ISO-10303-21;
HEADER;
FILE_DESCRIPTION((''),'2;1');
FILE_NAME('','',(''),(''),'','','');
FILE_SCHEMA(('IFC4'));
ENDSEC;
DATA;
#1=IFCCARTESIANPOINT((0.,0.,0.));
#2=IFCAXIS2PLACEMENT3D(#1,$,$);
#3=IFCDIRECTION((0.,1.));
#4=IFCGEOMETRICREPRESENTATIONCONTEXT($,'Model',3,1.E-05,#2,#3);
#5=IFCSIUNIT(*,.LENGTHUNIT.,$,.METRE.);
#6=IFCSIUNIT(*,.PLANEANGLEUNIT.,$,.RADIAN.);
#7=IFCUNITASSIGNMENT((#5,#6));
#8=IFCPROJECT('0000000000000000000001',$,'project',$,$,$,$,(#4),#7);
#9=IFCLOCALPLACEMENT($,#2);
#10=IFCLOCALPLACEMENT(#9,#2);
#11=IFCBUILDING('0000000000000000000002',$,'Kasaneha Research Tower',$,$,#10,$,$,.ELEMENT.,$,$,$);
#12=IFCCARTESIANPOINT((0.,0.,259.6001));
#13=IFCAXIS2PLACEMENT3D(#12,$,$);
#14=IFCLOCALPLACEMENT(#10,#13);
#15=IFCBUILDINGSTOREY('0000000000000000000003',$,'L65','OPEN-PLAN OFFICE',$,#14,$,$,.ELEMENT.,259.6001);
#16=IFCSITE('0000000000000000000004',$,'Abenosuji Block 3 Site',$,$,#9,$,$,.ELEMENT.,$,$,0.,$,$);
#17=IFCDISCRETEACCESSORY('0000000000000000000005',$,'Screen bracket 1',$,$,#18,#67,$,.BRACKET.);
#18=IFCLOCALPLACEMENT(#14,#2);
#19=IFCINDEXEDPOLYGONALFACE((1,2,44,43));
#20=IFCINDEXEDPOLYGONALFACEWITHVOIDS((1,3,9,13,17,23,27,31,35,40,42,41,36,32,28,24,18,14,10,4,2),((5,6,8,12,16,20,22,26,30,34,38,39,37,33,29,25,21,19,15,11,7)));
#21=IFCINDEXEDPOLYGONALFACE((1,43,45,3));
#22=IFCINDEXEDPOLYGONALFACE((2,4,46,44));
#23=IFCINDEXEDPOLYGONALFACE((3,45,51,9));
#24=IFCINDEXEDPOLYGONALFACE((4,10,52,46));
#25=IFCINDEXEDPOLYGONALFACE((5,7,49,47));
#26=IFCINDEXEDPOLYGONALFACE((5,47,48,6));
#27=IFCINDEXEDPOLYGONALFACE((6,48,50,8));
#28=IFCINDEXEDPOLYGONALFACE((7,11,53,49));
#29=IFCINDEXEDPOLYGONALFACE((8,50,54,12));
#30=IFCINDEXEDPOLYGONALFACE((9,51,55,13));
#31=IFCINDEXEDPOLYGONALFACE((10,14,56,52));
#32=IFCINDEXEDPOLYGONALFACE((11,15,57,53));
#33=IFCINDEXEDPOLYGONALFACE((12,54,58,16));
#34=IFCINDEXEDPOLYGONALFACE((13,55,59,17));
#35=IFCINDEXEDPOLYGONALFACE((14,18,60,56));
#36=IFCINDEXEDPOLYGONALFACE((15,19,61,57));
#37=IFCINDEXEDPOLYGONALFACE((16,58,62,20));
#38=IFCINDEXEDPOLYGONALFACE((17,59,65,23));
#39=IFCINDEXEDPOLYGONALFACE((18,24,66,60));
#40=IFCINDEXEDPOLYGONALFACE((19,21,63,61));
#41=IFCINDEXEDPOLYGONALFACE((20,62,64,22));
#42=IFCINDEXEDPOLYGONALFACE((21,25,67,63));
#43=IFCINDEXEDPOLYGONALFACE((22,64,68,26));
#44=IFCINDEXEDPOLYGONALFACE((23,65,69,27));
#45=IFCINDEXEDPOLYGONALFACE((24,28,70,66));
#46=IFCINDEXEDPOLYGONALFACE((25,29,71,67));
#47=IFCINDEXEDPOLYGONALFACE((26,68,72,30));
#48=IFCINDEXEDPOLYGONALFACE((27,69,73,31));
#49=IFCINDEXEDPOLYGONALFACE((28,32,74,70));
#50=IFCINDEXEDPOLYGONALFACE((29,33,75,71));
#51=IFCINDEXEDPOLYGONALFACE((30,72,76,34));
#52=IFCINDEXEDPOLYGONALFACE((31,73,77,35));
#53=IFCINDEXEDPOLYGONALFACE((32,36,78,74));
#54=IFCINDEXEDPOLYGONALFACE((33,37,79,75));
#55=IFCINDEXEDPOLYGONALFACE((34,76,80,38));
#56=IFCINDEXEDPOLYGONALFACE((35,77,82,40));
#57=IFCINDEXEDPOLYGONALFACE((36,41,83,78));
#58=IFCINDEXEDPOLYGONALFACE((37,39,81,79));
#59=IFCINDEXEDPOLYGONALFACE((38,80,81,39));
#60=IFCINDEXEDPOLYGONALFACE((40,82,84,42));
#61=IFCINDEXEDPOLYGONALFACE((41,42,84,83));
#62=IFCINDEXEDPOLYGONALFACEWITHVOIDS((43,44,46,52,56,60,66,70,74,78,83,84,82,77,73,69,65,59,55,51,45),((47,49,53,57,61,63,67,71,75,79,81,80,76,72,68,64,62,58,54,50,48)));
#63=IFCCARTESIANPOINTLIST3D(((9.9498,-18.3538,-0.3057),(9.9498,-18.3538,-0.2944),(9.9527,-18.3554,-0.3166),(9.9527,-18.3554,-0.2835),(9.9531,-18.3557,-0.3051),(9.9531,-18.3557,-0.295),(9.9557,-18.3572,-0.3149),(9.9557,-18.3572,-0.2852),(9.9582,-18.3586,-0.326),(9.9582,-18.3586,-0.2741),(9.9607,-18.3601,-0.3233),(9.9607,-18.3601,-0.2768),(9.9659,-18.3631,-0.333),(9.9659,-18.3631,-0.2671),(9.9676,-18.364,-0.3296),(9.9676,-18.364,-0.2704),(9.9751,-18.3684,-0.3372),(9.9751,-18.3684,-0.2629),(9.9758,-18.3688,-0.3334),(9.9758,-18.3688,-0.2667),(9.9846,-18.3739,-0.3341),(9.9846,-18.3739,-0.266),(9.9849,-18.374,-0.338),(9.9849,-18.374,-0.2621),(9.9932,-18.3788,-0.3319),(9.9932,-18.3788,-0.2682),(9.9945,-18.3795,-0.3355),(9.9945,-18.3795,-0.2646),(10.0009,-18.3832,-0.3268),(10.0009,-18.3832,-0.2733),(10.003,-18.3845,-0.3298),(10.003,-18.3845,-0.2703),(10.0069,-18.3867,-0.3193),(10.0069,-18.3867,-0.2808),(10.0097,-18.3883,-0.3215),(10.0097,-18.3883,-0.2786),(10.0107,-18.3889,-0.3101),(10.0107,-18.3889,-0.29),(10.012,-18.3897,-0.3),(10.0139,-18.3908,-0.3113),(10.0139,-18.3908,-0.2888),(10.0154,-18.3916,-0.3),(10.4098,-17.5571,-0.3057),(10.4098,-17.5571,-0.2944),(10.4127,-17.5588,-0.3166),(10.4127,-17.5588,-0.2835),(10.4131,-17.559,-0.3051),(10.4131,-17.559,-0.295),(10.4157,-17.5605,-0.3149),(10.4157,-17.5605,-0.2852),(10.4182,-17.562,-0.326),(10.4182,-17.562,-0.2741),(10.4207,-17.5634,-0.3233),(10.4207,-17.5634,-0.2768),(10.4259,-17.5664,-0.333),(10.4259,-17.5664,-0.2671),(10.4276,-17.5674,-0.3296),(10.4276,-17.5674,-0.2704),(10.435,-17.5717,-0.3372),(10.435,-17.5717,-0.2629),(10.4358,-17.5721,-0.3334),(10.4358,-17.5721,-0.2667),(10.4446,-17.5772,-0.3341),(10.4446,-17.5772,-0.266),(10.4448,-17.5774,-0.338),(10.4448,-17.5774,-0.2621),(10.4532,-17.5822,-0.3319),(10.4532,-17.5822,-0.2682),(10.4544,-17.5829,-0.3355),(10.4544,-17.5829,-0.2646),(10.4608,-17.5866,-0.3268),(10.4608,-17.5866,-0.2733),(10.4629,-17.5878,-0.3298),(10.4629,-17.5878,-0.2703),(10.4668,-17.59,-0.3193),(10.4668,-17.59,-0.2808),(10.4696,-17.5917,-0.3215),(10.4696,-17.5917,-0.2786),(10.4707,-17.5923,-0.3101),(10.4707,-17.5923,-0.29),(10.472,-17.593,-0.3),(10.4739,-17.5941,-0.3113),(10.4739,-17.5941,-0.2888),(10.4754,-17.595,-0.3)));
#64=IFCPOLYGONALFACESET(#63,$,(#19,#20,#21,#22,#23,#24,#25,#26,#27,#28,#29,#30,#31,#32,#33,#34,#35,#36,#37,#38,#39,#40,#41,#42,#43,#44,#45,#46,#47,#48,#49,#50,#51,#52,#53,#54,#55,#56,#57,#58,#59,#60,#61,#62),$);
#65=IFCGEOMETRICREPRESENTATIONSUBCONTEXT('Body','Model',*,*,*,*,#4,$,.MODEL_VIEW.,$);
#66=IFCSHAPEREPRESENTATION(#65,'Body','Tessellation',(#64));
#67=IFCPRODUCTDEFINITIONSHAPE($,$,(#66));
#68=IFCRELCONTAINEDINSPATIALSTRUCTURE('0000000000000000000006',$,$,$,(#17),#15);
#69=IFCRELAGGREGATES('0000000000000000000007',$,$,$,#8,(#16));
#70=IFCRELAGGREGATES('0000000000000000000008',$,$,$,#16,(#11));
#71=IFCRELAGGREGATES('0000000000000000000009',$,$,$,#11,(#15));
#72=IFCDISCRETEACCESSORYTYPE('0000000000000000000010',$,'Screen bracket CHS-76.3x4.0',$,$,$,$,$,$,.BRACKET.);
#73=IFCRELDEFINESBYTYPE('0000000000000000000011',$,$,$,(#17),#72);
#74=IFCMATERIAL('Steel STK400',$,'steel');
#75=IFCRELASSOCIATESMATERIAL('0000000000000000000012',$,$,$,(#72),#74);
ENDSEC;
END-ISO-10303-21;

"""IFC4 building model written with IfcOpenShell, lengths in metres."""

from ifc_helpers import new_model, si_unit, direction, frame, origin, origin_2d, place, context, subcontext, project, spatial, hollow_circle, extrude, material, material_profile, profile_set, type_object, element, save


model = new_model("IFC4")

# Units and contexts
model_context = context("Model", 3, precision=1e-05, world=origin(), true_north=direction((0.0, 1.0)))
body_context = subcontext(model_context, "Body", "Model", "MODEL_VIEW")
ifc_project = project(units=[si_unit("LENGTHUNIT", "METRE"), si_unit("PLANEANGLEUNIT", "RADIAN")], contexts=[model_context])

# Site, building, storey
site_placement = place(None, origin())
site = spatial("IfcSite", under=ifc_project, at=site_placement, Name="Abenosuji Block 3 Site", CompositionType="ELEMENT", RefElevation=0.0)
building_placement = place(site_placement, origin())
building = spatial("IfcBuilding", under=site, at=building_placement, Name="Kasaneha Research Tower", CompositionType="ELEMENT")
storey_placement = place(building_placement, frame((0.0, 0.0, 259.6001)))
storey = spatial("IfcBuildingStorey", under=building, at=storey_placement, Name="L65", Description="OPEN-PLAN OFFICE", CompositionType="ELEMENT", Elevation=259.6001)

# Discrete accessory
ifc_material_1 = material(Name="Steel STK400", Category="steel")
ifc_material_profile_1 = material_profile(ifc_material_1, hollow_circle(Radius=0.0381, WallThickness=0.0039, at=origin_2d()), Name="CHS-76.3x4.0")
ifc_profile_set_1 = profile_set([ifc_material_profile_1], Name="Steel STK400")
discrete_accessory_type = type_object("IfcDiscreteAccessoryType", Name="Screen bracket CHS-76.3x4.0", PredefinedType="BRACKET", material=ifc_profile_set_1)
for number, where, z_axis, x_axis, name in (
    (1, (10.4424, -17.5759, -0.3), (-0.500021, -0.866013, 0.0), (0.866013, -0.500021, 0.0), "Screen bracket 1"),
):
    element("IfcDiscreteAccessory", number, at=place(storey_placement, frame(where, z_axis=z_axis, x_axis=x_axis)), inside=storey, type_object=discrete_accessory_type, Name=name, PredefinedType="BRACKET", context=body_context, shape_type="SweptSolid", body=[
        extrude(hollow_circle(Radius=0.0381, WallThickness=0.0039, at=origin_2d()), origin(), (0.0, 0.0, 1.0), 0.9199),
    ])

save(model, "model.ifc")
